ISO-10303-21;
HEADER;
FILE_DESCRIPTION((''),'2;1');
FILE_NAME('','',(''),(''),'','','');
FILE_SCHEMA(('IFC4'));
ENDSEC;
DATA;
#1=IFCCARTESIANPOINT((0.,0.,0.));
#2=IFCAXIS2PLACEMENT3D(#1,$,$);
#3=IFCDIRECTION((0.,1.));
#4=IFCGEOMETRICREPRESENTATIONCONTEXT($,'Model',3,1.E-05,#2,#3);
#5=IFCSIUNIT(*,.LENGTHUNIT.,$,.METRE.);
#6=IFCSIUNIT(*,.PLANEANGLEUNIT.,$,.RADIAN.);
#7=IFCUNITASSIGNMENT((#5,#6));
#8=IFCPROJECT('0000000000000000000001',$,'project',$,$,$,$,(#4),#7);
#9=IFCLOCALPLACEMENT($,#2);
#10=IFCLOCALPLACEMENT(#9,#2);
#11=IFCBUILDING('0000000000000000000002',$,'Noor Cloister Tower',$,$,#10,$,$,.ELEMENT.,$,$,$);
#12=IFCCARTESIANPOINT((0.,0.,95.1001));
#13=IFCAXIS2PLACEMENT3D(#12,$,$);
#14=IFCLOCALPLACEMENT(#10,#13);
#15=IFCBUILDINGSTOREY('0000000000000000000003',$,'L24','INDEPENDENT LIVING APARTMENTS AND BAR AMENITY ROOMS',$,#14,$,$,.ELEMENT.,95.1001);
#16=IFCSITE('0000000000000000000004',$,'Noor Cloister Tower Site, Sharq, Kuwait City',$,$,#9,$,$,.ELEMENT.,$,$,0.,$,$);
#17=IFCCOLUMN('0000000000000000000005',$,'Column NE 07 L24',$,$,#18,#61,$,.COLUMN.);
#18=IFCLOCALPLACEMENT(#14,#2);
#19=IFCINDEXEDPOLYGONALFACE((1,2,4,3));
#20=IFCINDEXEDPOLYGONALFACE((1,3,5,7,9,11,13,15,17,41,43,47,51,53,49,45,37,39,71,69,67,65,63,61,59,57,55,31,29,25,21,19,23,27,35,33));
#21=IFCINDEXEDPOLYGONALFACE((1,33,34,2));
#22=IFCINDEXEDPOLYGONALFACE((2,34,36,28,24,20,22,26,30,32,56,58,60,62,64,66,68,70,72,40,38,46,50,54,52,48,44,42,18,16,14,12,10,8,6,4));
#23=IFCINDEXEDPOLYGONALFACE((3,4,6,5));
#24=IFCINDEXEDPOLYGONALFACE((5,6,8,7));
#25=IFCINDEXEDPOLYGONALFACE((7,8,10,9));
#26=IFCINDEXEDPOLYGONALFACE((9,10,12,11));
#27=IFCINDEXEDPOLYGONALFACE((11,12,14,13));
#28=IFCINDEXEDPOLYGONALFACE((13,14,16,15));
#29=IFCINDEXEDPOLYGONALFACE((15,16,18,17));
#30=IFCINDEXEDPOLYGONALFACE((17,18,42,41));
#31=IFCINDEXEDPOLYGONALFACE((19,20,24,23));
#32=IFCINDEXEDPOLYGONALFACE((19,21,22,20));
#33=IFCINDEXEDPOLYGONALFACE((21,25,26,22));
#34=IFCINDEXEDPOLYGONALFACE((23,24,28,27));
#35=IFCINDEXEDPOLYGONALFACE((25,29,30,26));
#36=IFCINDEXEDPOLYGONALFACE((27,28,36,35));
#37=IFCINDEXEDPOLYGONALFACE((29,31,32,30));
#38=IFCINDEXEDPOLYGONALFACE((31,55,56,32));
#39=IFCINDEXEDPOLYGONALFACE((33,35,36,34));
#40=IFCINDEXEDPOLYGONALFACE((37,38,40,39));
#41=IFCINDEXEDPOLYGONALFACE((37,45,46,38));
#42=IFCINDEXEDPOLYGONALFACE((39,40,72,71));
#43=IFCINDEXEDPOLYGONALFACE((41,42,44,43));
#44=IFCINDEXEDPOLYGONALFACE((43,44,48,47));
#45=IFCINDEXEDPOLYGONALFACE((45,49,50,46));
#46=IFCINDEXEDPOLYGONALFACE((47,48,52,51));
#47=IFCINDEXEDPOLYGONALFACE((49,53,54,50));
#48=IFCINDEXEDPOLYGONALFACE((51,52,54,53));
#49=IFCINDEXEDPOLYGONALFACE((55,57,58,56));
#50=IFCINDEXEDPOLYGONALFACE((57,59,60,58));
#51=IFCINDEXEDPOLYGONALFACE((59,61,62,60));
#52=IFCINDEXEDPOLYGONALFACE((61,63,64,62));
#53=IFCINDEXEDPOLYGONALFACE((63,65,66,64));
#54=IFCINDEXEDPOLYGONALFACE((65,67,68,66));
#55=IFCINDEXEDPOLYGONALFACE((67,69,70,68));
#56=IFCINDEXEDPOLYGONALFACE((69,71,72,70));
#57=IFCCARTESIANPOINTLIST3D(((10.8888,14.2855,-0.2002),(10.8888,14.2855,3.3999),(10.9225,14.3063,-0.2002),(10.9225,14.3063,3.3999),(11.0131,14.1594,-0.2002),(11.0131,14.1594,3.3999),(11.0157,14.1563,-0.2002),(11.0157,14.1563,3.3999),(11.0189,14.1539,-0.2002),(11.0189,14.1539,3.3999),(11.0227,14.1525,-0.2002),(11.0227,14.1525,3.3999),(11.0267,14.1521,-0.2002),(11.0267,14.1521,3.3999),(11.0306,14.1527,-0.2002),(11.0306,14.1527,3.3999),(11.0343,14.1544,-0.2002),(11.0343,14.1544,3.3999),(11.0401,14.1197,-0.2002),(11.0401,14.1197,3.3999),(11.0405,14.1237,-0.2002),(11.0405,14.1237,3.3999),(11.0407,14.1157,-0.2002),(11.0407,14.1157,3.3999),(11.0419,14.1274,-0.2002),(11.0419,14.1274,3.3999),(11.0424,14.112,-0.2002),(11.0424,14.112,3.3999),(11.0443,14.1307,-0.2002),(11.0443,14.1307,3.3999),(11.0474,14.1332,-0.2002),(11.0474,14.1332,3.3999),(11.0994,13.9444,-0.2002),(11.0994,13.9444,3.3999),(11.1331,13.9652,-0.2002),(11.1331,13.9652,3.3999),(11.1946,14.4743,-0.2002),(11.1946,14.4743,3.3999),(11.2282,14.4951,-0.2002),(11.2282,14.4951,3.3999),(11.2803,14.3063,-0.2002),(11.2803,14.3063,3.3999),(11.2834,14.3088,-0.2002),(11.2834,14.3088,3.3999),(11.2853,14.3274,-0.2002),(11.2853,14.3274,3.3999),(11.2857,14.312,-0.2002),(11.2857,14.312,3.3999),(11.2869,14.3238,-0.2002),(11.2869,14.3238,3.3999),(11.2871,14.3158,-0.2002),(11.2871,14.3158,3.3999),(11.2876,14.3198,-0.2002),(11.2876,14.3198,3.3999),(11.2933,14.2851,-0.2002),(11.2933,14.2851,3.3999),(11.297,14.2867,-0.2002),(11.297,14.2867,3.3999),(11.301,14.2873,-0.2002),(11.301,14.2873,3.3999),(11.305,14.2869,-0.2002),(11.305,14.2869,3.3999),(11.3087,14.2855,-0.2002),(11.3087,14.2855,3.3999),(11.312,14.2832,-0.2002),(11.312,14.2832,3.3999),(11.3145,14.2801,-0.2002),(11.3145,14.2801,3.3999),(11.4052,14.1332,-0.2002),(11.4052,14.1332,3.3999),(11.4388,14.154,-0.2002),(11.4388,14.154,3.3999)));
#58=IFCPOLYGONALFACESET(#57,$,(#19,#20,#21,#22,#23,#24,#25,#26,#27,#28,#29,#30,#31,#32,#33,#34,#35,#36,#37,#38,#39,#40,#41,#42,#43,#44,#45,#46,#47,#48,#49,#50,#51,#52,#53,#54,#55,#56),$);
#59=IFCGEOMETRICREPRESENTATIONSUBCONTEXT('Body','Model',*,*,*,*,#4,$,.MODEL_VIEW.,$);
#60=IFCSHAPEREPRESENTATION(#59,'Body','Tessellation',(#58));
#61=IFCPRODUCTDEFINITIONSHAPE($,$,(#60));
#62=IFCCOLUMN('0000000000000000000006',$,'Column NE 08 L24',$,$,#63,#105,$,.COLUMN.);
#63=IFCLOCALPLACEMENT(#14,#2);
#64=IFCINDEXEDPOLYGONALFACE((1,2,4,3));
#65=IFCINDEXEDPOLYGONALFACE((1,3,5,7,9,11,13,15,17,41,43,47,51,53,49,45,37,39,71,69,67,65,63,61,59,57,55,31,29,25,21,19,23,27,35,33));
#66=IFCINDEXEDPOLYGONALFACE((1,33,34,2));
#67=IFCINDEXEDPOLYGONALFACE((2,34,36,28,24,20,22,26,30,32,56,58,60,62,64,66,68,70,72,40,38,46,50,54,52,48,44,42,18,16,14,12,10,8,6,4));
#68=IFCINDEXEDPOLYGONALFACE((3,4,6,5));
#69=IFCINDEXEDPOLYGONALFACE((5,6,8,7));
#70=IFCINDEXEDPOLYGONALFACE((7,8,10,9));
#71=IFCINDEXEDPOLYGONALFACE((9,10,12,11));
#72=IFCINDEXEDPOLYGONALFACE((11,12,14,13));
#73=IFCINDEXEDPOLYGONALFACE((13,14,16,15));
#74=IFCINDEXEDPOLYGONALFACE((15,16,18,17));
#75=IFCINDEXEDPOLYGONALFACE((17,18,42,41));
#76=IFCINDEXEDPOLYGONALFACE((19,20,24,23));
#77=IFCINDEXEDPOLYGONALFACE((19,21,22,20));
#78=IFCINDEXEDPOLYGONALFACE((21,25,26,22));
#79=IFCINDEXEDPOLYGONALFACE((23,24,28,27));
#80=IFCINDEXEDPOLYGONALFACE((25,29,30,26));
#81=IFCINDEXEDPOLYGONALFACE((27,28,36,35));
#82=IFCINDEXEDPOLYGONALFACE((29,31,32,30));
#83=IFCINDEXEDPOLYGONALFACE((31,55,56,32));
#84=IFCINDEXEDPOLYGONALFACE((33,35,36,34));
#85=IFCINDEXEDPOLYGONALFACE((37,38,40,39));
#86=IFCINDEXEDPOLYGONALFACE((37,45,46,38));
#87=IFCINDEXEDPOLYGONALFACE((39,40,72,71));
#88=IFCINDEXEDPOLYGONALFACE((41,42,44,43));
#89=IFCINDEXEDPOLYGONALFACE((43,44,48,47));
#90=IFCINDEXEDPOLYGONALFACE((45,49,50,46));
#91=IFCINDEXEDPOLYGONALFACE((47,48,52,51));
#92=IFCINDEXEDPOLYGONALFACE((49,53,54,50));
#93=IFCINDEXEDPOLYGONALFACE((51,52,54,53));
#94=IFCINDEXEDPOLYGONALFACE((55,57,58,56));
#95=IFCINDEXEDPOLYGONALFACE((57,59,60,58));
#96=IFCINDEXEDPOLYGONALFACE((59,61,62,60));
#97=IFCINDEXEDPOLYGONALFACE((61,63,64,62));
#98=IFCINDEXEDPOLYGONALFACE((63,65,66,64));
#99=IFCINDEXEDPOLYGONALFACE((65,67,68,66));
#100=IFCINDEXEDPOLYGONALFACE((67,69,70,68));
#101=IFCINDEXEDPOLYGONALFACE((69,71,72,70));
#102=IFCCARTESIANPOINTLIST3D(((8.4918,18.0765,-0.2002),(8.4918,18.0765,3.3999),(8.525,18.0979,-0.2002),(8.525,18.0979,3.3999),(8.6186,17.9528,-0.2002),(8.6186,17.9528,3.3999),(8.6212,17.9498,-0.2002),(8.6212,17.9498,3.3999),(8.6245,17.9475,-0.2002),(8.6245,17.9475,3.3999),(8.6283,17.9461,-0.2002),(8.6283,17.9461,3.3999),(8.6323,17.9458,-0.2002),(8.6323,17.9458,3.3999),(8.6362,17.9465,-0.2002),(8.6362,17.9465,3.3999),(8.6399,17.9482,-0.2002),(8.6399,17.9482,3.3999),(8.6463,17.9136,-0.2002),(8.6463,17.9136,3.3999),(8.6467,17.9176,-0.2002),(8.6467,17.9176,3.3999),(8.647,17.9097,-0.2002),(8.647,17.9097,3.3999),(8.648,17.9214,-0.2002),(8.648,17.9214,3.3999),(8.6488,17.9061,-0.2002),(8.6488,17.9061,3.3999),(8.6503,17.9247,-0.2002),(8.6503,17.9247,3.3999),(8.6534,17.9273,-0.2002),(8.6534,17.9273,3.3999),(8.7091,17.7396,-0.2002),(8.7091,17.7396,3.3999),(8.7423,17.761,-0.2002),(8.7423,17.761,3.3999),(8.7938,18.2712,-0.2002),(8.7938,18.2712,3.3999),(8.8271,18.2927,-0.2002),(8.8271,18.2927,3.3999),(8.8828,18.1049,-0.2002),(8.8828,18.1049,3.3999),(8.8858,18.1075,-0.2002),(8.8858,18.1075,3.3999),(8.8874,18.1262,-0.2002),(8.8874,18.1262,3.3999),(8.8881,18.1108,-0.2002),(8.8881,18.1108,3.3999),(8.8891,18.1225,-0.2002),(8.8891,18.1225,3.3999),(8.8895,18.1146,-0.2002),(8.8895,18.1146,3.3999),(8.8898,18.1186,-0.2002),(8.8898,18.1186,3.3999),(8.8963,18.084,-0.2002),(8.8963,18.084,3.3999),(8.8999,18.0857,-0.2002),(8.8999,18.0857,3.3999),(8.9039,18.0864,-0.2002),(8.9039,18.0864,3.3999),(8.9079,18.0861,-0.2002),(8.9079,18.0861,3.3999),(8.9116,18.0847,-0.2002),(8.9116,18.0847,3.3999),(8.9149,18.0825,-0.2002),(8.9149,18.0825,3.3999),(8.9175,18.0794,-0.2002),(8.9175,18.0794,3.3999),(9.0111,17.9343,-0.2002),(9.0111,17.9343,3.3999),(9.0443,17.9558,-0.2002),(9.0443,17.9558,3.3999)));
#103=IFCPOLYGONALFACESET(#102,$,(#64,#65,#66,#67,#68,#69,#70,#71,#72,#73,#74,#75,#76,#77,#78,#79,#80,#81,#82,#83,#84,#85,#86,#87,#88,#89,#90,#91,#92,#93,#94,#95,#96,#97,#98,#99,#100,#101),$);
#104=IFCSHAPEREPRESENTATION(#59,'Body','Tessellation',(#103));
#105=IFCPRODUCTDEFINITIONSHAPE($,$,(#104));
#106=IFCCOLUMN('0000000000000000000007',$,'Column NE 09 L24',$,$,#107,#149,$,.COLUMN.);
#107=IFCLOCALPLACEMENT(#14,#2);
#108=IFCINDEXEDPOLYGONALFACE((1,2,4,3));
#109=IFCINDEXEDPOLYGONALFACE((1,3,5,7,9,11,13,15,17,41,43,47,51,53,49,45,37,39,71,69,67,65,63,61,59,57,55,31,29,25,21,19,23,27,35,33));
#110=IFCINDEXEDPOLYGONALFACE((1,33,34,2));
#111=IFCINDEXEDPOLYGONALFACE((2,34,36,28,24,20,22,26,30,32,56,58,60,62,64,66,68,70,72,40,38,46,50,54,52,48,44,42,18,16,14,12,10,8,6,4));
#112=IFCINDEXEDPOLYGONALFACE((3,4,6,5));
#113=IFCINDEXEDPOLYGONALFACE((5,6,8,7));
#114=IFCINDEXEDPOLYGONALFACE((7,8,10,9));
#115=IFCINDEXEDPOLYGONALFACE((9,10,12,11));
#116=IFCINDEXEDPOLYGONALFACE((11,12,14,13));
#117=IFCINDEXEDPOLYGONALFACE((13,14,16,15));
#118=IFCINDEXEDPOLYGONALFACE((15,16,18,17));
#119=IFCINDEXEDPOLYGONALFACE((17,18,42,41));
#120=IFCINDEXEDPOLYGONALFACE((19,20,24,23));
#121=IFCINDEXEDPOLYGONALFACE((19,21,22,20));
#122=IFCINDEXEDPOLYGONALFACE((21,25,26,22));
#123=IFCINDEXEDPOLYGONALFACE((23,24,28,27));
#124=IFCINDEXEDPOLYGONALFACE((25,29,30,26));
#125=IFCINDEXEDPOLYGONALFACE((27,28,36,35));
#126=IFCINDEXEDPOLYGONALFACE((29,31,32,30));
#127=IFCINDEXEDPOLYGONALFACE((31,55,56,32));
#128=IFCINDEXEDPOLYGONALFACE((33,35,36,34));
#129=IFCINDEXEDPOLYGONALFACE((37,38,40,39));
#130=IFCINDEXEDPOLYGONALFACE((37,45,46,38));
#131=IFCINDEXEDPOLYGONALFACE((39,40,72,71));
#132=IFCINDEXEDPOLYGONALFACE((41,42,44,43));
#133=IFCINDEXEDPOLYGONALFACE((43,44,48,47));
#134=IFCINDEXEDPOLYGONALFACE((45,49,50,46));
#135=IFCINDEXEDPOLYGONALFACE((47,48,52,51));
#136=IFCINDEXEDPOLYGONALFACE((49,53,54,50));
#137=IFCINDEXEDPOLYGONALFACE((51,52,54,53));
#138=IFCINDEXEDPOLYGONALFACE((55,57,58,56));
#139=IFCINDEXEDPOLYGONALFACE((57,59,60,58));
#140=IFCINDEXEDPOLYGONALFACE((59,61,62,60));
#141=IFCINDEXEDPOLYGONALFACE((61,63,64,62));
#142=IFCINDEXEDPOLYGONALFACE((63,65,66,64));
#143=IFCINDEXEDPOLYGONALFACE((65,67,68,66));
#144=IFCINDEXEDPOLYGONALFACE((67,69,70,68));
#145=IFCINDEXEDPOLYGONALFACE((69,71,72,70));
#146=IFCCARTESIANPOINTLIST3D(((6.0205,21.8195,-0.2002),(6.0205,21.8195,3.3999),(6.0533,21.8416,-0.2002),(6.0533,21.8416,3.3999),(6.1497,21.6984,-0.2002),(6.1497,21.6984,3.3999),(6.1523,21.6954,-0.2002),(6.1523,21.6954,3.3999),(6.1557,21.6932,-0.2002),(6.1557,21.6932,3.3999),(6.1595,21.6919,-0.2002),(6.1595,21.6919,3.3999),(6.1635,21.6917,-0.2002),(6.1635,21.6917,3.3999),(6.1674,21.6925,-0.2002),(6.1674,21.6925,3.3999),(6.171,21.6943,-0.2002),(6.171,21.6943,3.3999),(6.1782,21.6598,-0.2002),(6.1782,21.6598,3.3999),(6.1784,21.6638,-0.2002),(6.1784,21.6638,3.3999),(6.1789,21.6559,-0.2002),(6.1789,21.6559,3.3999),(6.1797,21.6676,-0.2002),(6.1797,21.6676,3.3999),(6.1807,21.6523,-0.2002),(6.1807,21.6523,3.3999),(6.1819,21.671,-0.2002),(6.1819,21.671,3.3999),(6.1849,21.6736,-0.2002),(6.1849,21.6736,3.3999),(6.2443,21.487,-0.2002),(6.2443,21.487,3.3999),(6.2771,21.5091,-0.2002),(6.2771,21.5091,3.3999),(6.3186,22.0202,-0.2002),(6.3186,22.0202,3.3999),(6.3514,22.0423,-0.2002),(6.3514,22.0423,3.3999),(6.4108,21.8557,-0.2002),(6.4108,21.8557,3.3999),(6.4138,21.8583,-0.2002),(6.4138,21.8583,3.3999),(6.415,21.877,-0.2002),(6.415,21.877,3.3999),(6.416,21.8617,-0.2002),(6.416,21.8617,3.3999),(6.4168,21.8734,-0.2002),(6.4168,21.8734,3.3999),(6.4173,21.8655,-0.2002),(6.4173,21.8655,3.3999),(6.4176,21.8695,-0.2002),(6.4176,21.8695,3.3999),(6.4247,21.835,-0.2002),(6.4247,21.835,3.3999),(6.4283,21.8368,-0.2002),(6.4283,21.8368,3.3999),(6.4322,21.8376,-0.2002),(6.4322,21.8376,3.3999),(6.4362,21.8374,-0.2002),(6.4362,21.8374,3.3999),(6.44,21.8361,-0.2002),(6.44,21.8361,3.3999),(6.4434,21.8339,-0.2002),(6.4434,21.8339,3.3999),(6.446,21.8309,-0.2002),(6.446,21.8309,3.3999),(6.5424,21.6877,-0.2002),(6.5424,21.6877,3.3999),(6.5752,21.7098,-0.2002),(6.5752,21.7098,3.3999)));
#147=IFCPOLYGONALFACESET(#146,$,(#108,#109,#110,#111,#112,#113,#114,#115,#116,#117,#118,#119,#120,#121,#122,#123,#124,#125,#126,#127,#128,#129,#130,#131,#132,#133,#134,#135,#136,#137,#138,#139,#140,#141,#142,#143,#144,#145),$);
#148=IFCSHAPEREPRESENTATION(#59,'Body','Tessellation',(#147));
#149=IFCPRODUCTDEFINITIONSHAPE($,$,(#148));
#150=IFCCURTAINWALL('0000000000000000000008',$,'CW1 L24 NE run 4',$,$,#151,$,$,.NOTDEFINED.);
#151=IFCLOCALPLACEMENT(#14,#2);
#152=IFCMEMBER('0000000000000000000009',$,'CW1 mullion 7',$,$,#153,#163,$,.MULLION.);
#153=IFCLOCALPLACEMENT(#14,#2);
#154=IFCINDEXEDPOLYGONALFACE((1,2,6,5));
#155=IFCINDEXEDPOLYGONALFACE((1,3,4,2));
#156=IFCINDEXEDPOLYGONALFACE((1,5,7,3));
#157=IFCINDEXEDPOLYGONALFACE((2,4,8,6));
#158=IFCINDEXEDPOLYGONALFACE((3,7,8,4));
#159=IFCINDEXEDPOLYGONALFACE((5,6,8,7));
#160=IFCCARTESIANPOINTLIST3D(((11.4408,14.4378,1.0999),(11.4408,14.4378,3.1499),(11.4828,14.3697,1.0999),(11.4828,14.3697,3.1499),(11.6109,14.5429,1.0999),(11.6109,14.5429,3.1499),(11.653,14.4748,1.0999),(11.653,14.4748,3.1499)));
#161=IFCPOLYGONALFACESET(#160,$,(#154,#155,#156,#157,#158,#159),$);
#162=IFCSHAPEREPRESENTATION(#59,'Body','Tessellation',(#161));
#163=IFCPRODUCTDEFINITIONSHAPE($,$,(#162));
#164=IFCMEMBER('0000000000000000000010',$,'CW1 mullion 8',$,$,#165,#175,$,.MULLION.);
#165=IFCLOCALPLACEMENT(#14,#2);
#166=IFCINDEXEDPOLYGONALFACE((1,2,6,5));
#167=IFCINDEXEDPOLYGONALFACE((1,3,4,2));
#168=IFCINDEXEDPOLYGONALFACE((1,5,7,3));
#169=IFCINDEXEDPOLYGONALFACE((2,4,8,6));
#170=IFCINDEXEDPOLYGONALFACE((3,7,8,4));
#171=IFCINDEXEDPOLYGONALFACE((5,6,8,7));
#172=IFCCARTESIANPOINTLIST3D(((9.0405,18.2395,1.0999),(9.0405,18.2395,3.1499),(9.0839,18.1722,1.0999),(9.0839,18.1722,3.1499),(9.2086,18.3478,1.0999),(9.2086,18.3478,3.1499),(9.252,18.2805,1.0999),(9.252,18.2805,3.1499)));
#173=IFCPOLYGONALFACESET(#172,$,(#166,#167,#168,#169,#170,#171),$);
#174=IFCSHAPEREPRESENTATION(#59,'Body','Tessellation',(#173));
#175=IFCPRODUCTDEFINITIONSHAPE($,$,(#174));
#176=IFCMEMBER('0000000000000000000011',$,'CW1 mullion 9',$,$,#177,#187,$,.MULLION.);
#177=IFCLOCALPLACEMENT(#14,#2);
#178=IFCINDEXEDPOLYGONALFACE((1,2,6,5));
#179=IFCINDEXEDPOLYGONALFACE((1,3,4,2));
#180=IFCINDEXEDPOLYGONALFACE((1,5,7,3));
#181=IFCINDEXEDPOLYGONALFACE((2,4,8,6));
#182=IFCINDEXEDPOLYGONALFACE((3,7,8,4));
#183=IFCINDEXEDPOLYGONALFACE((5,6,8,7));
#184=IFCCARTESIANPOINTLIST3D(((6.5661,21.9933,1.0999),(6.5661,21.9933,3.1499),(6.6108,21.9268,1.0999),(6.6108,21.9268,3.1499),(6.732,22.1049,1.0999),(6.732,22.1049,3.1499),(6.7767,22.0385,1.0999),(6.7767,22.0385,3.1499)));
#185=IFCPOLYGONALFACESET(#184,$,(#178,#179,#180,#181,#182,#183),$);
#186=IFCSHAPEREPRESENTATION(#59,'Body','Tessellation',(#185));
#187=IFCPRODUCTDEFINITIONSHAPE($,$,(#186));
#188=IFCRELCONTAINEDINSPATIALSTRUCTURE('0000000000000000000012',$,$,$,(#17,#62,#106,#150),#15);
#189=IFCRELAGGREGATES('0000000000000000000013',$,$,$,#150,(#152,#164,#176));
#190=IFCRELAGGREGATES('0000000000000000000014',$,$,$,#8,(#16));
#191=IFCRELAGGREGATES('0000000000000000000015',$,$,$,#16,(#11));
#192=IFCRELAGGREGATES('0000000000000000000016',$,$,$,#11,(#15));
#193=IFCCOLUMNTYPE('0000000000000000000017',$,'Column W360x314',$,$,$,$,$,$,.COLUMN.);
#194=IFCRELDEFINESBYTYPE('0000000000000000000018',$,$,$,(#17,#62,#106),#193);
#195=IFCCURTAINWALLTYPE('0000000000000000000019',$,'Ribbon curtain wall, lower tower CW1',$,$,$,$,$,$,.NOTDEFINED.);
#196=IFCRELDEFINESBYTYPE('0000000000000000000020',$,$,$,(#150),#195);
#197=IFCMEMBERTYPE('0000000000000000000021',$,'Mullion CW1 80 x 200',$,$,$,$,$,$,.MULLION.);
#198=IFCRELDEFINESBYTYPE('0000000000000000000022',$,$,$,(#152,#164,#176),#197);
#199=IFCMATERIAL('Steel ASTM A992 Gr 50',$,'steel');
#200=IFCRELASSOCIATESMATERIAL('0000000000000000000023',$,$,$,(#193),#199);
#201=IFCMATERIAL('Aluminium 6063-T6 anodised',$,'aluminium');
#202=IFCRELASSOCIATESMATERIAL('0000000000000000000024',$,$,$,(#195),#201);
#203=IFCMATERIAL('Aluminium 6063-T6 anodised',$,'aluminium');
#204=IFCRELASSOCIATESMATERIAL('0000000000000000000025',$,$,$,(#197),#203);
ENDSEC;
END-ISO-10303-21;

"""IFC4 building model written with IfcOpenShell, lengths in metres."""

from ifc_helpers import new_model, si_unit, direction, frame, origin, origin_2d, place, context, subcontext, project, spatial, rectangle, i_section, extrude, material, material_profile, profile_set, type_object, element, aggregate, save


model = new_model("IFC4")

# Units and contexts
model_context = context("Model", 3, precision=1e-05, world=origin(), true_north=direction((0.0, 1.0)))
body_context = subcontext(model_context, "Body", "Model", "MODEL_VIEW")
ifc_project = project(units=[si_unit("LENGTHUNIT", "METRE"), si_unit("PLANEANGLEUNIT", "RADIAN")], contexts=[model_context])

# Site, building, storey
site_placement = place(None, origin())
site = spatial("IfcSite", under=ifc_project, at=site_placement, Name="Noor Cloister Tower Site, Sharq, Kuwait City", CompositionType="ELEMENT", RefElevation=0.0)
building_placement = place(site_placement, origin())
building = spatial("IfcBuilding", under=site, at=building_placement, Name="Noor Cloister Tower", CompositionType="ELEMENT")
storey_placement = place(building_placement, frame((0.0, 0.0, 95.1001)))
storey = spatial("IfcBuildingStorey", under=building, at=storey_placement, Name="L24", Description="INDEPENDENT LIVING APARTMENTS AND BAR AMENITY ROOMS", CompositionType="ELEMENT", Elevation=95.1001)

# Columns
ifc_material_1 = material(Name="Steel ASTM A992 Gr 50", Category="steel")
ifc_material_profile_1 = material_profile(ifc_material_1, i_section(OverallWidth=0.4009, OverallDepth=0.3989, WebThickness=0.0249, FlangeThickness=0.0396, FilletRadius=0.0154, at=origin_2d()), Name="W360x314")
ifc_profile_set_1 = profile_set([ifc_material_profile_1], Name="Steel ASTM A992 Gr 50")
column_type = type_object("IfcColumnType", Name="Column W360x314", PredefinedType="COLUMN", material=ifc_profile_set_1)
for number, where, z_axis, x_axis, name in (
    (1, (11.1638, 14.2197, -0.2002), (0.0, 0.0, 1.0), (-0.525348, 0.850888, 0.0), "Column NE 07 L24"),
    (2, (8.7681, 18.0161, -0.2002), (0.0, 0.0, 1.0), (-0.541993, 0.840383, 0.0), "Column NE 08 L24"),
    (3, (6.2979, 21.7646, -0.2002), (0.0, 0.0, 1.0), (-0.558429, 0.829553, 0.0), "Column NE 09 L24"),
):
    element("IfcColumn", number, at=place(storey_placement, frame(where, z_axis=z_axis, x_axis=x_axis)), inside=storey, type_object=column_type, Name=name, PredefinedType="COLUMN", context=body_context, shape_type="SweptSolid", body=[
        extrude(i_section(OverallWidth=0.4009, OverallDepth=0.3989, WebThickness=0.0249, FlangeThickness=0.0396, FilletRadius=0.0154, at=origin_2d()), origin(), (0.0, 0.0, 1.0), 3.6001),
    ])

# Curtain wall, members
ifc_material_2 = material(Name="Aluminium 6063-T6 anodised", Category="aluminium")
curtain_wall_type = type_object("IfcCurtainWallType", Name="Ribbon curtain wall, lower tower CW1", PredefinedType="NOTDEFINED", material=ifc_material_2)
curtain_wall_placement = place(storey_placement, origin())
curtain_wall = element("IfcCurtainWall", 4, at=curtain_wall_placement, inside=storey, type_object=curtain_wall_type, Name="CW1 L24 NE run 4", PredefinedType="NOTDEFINED")
ifc_material_3 = material(Name="Aluminium 6063-T6 anodised", Category="aluminium")
ifc_material_profile_2 = material_profile(ifc_material_3, rectangle(XDim=0.2, YDim=0.0801, at=origin_2d()), Name="200 x 80 mullion")
ifc_profile_set_2 = profile_set([ifc_material_profile_2], Name="Aluminium 6063-T6 anodised")
member_type = type_object("IfcMemberType", Name="Mullion CW1 80 x 200", PredefinedType="MULLION", material=ifc_profile_set_2)
member_1_placement = place(storey_placement, frame((11.5469, 14.4563, 1.0999), z_axis=(0.0, 0.0, 1.0), x_axis=(-0.850888, -0.525348, 0.0)))
member_1 = element("IfcMember", 5, at=member_1_placement, type_object=member_type, Name="CW1 mullion 7", PredefinedType="MULLION", context=body_context, shape_type="SweptSolid", body=[
    extrude(rectangle(XDim=0.2, YDim=0.0801, at=origin_2d()), origin(), (0.0, 0.0, 1.0), 2.05),
])
member_2_placement = place(storey_placement, frame((9.1462, 18.26, 1.0999), z_axis=(0.0, 0.0, 1.0), x_axis=(-0.840383, -0.541993, 0.0)))
member_2 = element("IfcMember", 6, at=member_2_placement, type_object=member_type, Name="CW1 mullion 8", PredefinedType="MULLION", context=body_context, shape_type="SweptSolid", body=[
    extrude(rectangle(XDim=0.2, YDim=0.0801, at=origin_2d()), origin(), (0.0, 0.0, 1.0), 2.05),
])
member_3_placement = place(storey_placement, frame((6.6714, 22.0159, 1.0999), z_axis=(0.0, 0.0, 1.0), x_axis=(-0.829553, -0.558429, 0.0)))
member_3 = element("IfcMember", 7, at=member_3_placement, type_object=member_type, Name="CW1 mullion 9", PredefinedType="MULLION", context=body_context, shape_type="SweptSolid", body=[
    extrude(rectangle(XDim=0.2, YDim=0.0801, at=origin_2d()), origin(), (0.0, 0.0, 1.0), 2.05),
])

aggregate(curtain_wall, [member_1, member_2, member_3])

save(model, "model.ifc")
